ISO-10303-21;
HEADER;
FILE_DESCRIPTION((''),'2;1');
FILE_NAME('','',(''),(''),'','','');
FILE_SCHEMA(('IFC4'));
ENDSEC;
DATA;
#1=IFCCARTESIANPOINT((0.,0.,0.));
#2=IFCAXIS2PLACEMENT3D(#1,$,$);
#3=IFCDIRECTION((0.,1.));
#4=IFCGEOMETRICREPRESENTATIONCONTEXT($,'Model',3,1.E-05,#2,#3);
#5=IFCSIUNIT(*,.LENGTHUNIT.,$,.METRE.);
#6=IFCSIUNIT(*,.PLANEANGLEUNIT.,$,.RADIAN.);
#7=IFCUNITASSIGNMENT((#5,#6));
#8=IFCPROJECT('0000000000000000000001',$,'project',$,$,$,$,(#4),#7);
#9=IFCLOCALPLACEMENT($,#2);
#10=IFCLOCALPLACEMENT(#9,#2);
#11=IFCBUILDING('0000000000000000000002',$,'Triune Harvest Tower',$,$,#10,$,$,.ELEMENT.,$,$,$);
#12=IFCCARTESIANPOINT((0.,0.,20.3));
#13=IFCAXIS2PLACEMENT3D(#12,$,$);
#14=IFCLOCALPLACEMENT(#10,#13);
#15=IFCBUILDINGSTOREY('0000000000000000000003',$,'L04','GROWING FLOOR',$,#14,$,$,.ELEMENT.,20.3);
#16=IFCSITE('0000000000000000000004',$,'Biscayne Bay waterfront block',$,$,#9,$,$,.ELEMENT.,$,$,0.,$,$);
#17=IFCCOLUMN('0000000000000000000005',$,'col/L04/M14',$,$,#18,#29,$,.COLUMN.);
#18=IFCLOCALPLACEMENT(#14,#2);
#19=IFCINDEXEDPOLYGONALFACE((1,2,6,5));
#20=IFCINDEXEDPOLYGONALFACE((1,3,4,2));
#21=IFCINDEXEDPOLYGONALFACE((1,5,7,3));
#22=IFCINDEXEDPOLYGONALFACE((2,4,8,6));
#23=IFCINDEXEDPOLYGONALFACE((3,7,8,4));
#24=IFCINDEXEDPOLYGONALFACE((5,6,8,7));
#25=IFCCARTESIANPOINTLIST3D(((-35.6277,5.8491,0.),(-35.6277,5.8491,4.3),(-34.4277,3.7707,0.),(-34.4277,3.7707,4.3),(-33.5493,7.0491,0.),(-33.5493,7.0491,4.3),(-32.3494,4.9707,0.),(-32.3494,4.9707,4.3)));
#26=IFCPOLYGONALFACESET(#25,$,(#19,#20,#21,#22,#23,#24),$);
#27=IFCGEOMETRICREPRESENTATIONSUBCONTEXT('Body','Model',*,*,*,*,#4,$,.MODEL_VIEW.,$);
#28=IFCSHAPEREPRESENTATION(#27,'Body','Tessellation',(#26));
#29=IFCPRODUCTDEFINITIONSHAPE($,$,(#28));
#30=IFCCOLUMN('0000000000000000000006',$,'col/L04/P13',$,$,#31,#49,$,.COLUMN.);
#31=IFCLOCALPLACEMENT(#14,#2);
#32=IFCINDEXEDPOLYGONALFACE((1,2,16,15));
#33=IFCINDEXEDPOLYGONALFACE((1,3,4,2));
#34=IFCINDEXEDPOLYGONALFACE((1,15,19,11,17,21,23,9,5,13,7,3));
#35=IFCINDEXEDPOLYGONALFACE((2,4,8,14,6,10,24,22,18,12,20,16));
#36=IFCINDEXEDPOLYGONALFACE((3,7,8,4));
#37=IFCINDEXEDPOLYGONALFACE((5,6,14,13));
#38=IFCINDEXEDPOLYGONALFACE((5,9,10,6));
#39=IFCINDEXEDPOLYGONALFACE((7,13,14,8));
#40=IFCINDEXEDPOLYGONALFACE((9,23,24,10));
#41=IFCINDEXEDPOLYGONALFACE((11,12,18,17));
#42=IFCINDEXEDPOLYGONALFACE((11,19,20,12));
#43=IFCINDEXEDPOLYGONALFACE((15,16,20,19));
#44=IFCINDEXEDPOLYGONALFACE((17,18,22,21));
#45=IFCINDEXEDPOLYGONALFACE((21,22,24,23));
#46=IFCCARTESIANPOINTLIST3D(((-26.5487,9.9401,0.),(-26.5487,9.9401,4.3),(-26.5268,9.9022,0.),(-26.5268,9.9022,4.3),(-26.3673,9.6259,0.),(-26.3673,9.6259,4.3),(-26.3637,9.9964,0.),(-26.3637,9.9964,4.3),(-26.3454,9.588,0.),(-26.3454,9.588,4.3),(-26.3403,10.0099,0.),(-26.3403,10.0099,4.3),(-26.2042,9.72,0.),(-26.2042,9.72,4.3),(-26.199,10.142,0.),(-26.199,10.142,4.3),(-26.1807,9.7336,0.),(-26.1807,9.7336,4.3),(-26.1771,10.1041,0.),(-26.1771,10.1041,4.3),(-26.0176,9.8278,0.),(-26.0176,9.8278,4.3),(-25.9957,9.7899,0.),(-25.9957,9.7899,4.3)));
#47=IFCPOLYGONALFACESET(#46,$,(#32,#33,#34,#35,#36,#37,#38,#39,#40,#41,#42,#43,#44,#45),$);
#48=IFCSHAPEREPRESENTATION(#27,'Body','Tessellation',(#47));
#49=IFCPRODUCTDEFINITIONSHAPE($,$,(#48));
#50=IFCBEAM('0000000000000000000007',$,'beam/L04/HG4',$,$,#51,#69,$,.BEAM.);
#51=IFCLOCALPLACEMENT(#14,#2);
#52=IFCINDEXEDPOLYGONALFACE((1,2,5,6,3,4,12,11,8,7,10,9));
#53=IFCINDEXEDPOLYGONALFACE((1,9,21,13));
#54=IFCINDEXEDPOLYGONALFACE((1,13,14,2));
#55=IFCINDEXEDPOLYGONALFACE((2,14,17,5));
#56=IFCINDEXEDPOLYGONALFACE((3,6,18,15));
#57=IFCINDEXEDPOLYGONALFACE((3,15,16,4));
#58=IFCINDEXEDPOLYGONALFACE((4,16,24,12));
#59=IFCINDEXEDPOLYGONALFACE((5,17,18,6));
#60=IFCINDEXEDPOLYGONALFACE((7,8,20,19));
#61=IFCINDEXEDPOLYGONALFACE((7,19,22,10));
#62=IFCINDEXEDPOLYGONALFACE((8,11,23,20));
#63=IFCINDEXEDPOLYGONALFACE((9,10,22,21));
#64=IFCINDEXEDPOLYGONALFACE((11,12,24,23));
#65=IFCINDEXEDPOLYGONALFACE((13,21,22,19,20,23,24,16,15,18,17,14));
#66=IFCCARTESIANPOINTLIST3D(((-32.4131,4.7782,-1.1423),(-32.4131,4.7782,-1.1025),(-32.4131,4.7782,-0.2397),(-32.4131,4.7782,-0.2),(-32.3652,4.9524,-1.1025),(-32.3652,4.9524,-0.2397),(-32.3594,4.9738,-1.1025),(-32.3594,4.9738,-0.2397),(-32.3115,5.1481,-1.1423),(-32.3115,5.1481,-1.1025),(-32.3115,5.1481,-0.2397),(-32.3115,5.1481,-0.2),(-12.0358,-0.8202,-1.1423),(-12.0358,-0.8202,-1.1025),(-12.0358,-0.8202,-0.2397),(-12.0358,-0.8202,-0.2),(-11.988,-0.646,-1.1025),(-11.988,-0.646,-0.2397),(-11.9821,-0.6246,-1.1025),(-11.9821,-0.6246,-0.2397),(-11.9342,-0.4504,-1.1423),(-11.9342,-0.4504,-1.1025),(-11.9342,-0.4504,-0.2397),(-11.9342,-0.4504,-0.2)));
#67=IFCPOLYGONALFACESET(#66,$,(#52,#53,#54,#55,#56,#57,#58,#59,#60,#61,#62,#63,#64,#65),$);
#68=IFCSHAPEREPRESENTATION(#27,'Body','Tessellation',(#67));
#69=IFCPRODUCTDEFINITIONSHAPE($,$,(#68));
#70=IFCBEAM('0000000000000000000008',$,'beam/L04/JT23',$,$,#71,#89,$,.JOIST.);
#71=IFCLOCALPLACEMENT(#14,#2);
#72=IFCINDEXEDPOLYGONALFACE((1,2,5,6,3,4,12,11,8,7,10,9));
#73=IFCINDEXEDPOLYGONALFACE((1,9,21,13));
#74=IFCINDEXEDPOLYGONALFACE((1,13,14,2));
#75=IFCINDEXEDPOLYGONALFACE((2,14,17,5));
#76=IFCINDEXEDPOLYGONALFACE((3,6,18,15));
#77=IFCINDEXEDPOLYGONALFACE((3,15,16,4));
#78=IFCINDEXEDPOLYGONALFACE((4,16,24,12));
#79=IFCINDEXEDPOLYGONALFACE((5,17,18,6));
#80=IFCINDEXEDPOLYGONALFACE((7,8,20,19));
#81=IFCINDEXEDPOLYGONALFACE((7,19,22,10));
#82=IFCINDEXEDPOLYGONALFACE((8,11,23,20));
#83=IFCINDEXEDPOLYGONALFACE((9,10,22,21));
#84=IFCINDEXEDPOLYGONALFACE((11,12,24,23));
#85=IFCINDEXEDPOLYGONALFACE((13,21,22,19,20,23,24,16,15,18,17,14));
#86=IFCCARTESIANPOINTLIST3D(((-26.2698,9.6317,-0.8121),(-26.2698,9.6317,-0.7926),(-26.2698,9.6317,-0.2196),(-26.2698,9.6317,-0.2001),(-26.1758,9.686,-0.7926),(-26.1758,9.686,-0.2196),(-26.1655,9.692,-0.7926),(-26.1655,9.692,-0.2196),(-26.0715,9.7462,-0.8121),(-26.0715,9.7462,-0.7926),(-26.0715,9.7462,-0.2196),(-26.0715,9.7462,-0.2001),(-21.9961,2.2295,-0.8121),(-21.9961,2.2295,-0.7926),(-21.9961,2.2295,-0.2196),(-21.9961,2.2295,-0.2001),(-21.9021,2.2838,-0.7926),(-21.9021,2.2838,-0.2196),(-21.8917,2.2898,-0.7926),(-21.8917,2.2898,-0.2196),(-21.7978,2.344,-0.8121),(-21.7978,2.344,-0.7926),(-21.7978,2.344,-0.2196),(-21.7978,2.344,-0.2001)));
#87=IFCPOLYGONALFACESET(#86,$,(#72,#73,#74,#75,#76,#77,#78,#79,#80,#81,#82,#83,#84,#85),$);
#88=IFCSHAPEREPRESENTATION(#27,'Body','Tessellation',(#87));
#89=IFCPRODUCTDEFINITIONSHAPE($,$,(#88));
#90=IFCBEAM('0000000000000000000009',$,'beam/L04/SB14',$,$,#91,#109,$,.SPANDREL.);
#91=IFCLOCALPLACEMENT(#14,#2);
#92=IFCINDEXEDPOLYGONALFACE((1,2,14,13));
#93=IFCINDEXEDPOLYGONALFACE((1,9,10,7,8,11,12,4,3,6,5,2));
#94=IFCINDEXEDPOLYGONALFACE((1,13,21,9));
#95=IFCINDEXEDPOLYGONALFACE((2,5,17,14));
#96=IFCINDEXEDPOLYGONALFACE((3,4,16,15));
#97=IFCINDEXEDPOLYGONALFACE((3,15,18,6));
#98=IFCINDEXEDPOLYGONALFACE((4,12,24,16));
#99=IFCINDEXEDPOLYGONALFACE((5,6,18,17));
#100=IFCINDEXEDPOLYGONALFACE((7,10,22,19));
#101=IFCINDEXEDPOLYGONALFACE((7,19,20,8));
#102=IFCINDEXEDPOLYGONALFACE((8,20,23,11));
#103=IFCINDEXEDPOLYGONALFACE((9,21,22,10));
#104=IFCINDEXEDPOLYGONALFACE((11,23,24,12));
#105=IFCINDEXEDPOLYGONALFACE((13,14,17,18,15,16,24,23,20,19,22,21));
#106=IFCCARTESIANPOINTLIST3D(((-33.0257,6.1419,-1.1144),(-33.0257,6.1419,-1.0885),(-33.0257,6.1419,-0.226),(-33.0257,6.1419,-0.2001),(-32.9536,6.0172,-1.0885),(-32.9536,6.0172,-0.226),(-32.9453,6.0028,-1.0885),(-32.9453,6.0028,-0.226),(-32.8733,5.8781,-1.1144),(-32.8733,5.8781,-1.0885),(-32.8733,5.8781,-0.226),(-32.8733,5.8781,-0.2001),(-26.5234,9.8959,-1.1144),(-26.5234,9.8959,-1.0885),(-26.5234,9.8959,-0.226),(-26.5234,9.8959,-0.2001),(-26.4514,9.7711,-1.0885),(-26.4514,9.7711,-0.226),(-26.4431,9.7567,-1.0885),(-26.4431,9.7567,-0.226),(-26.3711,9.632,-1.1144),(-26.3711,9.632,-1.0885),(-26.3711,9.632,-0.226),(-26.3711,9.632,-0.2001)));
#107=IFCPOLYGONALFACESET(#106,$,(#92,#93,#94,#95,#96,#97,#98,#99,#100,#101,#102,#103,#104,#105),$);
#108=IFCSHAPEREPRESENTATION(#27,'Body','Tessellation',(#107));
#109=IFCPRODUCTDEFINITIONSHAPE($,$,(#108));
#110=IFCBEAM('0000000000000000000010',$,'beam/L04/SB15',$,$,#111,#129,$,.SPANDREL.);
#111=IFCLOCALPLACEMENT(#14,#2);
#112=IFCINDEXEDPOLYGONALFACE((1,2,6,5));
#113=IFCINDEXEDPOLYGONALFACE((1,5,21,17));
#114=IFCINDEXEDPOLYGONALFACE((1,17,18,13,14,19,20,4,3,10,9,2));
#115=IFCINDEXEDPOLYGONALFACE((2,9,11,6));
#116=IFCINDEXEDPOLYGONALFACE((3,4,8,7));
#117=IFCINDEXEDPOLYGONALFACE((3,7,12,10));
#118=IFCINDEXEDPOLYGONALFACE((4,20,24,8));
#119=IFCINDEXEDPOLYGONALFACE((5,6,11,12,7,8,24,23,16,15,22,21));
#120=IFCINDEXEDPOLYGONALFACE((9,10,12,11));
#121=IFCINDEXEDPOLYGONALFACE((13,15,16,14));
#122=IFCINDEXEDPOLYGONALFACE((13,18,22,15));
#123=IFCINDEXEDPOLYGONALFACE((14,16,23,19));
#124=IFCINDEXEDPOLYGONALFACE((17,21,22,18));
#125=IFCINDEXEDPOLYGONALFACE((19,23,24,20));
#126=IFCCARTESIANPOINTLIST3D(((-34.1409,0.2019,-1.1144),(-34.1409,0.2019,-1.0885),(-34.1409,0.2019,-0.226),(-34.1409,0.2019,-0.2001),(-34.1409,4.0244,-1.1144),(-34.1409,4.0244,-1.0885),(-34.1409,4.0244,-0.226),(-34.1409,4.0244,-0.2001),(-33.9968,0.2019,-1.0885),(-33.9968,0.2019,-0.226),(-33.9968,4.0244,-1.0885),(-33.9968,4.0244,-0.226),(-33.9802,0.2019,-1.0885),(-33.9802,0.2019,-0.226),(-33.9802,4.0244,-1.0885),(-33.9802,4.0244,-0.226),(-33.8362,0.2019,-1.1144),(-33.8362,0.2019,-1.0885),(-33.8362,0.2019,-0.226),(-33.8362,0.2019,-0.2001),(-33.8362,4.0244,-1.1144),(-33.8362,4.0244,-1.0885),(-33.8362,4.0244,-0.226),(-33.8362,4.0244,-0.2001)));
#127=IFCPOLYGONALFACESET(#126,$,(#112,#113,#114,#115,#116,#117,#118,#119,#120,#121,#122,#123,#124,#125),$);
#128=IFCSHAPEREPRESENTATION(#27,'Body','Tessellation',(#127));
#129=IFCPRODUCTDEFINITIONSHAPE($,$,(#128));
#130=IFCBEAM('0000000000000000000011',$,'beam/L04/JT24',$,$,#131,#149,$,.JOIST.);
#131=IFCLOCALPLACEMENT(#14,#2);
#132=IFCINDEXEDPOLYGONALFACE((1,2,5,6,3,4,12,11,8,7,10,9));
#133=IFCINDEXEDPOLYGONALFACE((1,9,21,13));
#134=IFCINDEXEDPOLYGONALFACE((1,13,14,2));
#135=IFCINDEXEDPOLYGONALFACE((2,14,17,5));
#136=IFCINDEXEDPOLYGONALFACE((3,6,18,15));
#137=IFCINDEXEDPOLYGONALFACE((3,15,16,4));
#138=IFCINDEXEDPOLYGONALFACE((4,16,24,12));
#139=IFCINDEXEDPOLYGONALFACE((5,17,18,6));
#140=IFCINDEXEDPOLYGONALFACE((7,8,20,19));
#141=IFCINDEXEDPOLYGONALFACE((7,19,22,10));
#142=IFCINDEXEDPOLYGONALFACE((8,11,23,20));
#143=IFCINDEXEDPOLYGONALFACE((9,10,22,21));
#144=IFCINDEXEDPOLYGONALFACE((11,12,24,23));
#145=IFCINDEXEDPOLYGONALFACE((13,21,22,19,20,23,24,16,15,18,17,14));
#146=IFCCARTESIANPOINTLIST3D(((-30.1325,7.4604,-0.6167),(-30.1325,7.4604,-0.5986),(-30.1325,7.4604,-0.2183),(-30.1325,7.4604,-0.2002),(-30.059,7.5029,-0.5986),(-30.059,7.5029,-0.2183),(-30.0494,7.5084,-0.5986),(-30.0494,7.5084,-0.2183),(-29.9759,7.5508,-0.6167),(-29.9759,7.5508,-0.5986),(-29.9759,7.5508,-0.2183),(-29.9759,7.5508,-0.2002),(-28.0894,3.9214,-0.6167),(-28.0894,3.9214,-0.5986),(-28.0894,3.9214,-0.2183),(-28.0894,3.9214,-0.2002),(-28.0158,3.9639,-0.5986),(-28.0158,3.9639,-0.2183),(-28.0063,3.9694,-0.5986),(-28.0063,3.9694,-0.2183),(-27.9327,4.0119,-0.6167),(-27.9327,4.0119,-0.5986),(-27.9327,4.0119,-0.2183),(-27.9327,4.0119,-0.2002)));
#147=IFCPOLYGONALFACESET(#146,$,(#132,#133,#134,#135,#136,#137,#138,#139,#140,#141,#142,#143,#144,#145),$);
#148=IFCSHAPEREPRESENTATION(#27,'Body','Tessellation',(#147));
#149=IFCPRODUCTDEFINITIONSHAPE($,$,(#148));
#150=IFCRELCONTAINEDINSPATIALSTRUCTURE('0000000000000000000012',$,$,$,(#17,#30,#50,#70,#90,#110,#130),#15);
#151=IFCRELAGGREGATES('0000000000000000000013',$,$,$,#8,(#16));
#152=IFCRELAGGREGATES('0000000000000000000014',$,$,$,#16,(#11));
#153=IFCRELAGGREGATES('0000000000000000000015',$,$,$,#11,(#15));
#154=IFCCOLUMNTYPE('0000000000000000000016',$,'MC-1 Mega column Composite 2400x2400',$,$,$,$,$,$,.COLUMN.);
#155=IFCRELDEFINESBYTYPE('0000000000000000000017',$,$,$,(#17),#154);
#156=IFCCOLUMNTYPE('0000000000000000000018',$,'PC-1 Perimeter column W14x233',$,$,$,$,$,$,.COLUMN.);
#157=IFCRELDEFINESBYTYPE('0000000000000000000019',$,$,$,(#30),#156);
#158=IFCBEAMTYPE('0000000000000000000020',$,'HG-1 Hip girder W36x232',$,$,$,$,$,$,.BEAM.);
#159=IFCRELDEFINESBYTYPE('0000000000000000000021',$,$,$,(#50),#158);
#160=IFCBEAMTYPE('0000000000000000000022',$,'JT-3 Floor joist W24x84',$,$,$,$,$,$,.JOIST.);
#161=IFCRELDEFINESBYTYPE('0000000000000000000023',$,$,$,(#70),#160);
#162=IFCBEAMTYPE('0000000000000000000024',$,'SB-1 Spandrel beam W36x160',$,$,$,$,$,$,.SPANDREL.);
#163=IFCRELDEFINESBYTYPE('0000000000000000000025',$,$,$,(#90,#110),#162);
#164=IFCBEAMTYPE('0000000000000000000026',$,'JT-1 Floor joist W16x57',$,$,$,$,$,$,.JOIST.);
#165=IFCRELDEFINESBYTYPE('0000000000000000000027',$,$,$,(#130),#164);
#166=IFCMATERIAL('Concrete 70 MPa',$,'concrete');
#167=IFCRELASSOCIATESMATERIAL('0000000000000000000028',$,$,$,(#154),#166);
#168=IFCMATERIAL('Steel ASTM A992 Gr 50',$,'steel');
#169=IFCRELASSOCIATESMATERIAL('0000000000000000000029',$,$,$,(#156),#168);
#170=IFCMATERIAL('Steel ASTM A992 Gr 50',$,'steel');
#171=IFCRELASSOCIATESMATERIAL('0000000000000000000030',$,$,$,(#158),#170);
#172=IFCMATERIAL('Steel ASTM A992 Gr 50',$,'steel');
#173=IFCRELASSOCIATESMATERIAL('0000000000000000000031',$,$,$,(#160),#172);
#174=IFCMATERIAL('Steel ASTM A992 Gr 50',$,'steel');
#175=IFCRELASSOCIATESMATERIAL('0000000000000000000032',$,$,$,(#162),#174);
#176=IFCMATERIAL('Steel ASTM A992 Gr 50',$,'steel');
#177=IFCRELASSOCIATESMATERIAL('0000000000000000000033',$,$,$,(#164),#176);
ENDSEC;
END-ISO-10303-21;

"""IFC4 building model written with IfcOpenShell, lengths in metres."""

from ifc_helpers import new_model, si_unit, direction, frame, origin, origin_2d, place, context, subcontext, project, spatial, rectangle, i_section, extrude, source, transform, mapped, material, material_profile, profile_set, type_object, element, save


model = new_model("IFC4")

# Units and contexts
model_context = context("Model", 3, precision=1e-05, world=origin(), true_north=direction((0.0, 1.0)))
body_context = subcontext(model_context, "Body", "Model", "MODEL_VIEW")
ifc_project = project(units=[si_unit("LENGTHUNIT", "METRE"), si_unit("PLANEANGLEUNIT", "RADIAN")], contexts=[model_context])

# Site, building, storey
site_placement = place(None, origin())
site = spatial("IfcSite", under=ifc_project, at=site_placement, Name="Biscayne Bay waterfront block", CompositionType="ELEMENT", RefElevation=0.0)
building_placement = place(site_placement, origin())
building = spatial("IfcBuilding", under=site, at=building_placement, Name="Triune Harvest Tower", CompositionType="ELEMENT")
storey_placement = place(building_placement, frame((0.0, 0.0, 20.3)))
storey = spatial("IfcBuildingStorey", under=building, at=storey_placement, Name="L04", Description="GROWING FLOOR", CompositionType="ELEMENT", Elevation=20.3)

# Columns
ifc_material_1 = material(Name="Concrete 70 MPa", Category="concrete")
ifc_material_profile_1 = material_profile(ifc_material_1, rectangle(XDim=2.3999, YDim=2.3999, at=origin_2d()), Name="Composite 2400x2400")
ifc_profile_set_1 = profile_set([ifc_material_profile_1], Name="Concrete 70 MPa")
column_type_1 = type_object("IfcColumnType", Name="MC-1 Mega column Composite 2400x2400", PredefinedType="COLUMN", material=ifc_profile_set_1)
shared_shape_1 = source(origin(), body_context, "Body", "SweptSolid", [
    extrude(rectangle(XDim=2.3999, YDim=2.3999, at=origin_2d()), origin(), (0.0, 0.0, 1.0), 4.3),
])
column_1_placement = place(storey_placement, frame((-33.9885, 5.4099, 0.0), z_axis=(0.0, 0.0, 1.0), x_axis=(-0.866025, -0.5, 0.0)))
element("IfcColumn", 1, at=column_1_placement, inside=storey, type_object=column_type_1, Name="col/L04/M14", PredefinedType="COLUMN", context=body_context, shape_type="MappedRepresentation", body=[
    mapped(shared_shape_1, transform((0.0, 0.0, 0.0), scale=1.0)),
])
ifc_material_2 = material(Name="Steel ASTM A992 Gr 50", Category="steel")
ifc_material_profile_2 = material_profile(ifc_material_2, i_section(OverallWidth=0.4038, OverallDepth=0.4065, WebThickness=0.0271, FlangeThickness=0.0437, at=origin_2d()), Name="W14x233")
ifc_profile_set_2 = profile_set([ifc_material_profile_2], Name="Steel ASTM A992 Gr 50")
column_type_2 = type_object("IfcColumnType", Name="PC-1 Perimeter column W14x233", PredefinedType="COLUMN", material=ifc_profile_set_2)
shared_shape_2 = source(origin(), body_context, "Body", "SweptSolid", [
    extrude(i_section(OverallWidth=0.4038, OverallDepth=0.4065, WebThickness=0.0271, FlangeThickness=0.0437, at=origin_2d()), origin(), (0.0, 0.0, 1.0), 4.3),
])
column_2_placement = place(storey_placement, frame((-26.2722, 9.865, 0.0), z_axis=(0.0, 0.0, 1.0), x_axis=(-0.866025, -0.5, 0.0)))
element("IfcColumn", 2, at=column_2_placement, inside=storey, type_object=column_type_2, Name="col/L04/P13", PredefinedType="COLUMN", context=body_context, shape_type="MappedRepresentation", body=[
    mapped(shared_shape_2, transform((0.0, 0.0, 0.0), scale=1.0)),
])

# Beams
ifc_material_3 = material(Name="Steel ASTM A992 Gr 50", Category="steel")
ifc_material_profile_3 = material_profile(ifc_material_3, i_section(OverallWidth=0.3835, OverallDepth=0.9424, WebThickness=0.0222, FlangeThickness=0.0398, at=origin_2d()), Name="W36x232")
ifc_profile_set_3 = profile_set([ifc_material_profile_3], Name="Steel ASTM A992 Gr 50")
beam_type_1 = type_object("IfcBeamType", Name="HG-1 Hip girder W36x232", PredefinedType="BEAM", material=ifc_profile_set_3)
shared_shape_3 = source(origin(), body_context, "Body", "SweptSolid", [
    extrude(i_section(OverallWidth=0.3835, OverallDepth=0.9424, WebThickness=0.0222, FlangeThickness=0.0398, at=origin_2d()), origin(), (0.0, 0.0, 1.0), 21.1323),
])
beam_1_placement = place(storey_placement, frame((-32.3623, 4.9631, -0.6711), z_axis=(0.96427, -0.264922, 0.0), x_axis=(0.264922, 0.96427, 0.0)))
element("IfcBeam", 3, at=beam_1_placement, inside=storey, type_object=beam_type_1, Name="beam/L04/HG4", PredefinedType="BEAM", context=body_context, shape_type="MappedRepresentation", body=[
    mapped(shared_shape_3, transform((0.0, 0.0, 0.0), scale=1.0)),
])
ifc_material_4 = material(Name="Steel ASTM A992 Gr 50", Category="steel")
ifc_material_profile_4 = material_profile(ifc_material_4, i_section(OverallWidth=0.229, OverallDepth=0.6121, WebThickness=0.012, FlangeThickness=0.0195, at=origin_2d()), Name="W24x84")
ifc_profile_set_4 = profile_set([ifc_material_profile_4], Name="Steel ASTM A992 Gr 50")
beam_type_2 = type_object("IfcBeamType", Name="JT-3 Floor joist W24x84", PredefinedType="JOIST", material=ifc_profile_set_4)
shared_shape_4 = source(origin(), body_context, "Body", "SweptSolid", [
    extrude(i_section(OverallWidth=0.229, OverallDepth=0.6121, WebThickness=0.012, FlangeThickness=0.0195, at=origin_2d()), origin(), (0.0, 0.0, 1.0), 8.5474),
])
beam_2_placement = place(storey_placement, frame((-26.1707, 9.689, -0.5061), z_axis=(0.500007, -0.866021, 0.0), x_axis=(0.866021, 0.500007, 0.0)))
element("IfcBeam", 4, at=beam_2_placement, inside=storey, type_object=beam_type_2, Name="beam/L04/JT23", PredefinedType="JOIST", context=body_context, shape_type="MappedRepresentation", body=[
    mapped(shared_shape_4, transform((0.0, 0.0, 0.0), scale=1.0)),
])
ifc_material_5 = material(Name="Steel ASTM A992 Gr 50", Category="steel")
ifc_material_profile_5 = material_profile(ifc_material_5, i_section(OverallWidth=0.3047, OverallDepth=0.9143, WebThickness=0.0166, FlangeThickness=0.0259, at=origin_2d()), Name="W36x160")
ifc_profile_set_5 = profile_set([ifc_material_profile_5], Name="Steel ASTM A992 Gr 50")
beam_type_3 = type_object("IfcBeamType", Name="SB-1 Spandrel beam W36x160", PredefinedType="SPANDREL", material=ifc_profile_set_5)
shared_shape_5 = source(origin(), body_context, "Body", "SweptSolid", [
    extrude(i_section(OverallWidth=0.3047, OverallDepth=0.9143, WebThickness=0.0166, FlangeThickness=0.0259, at=origin_2d()), origin(), (0.0, 0.0, 1.0), 7.5081),
])
beam_3_placement = place(storey_placement, frame((-26.4473, 9.7639, -0.6572), z_axis=(-0.866033, -0.499986, 0.0), x_axis=(0.499986, -0.866033, 0.0)))
element("IfcBeam", 5, at=beam_3_placement, inside=storey, type_object=beam_type_3, Name="beam/L04/SB14", PredefinedType="SPANDREL", context=body_context, shape_type="MappedRepresentation", body=[
    mapped(shared_shape_5, transform((0.0, 0.0, 0.0), scale=1.0)),
])
shared_shape_6 = source(origin(), body_context, "Body", "SweptSolid", [
    extrude(i_section(OverallWidth=0.3047, OverallDepth=0.9143, WebThickness=0.0166, FlangeThickness=0.0259, at=origin_2d()), origin(), (0.0, 0.0, 1.0), 3.8225),
])
beam_4_placement = place(storey_placement, frame((-33.9885, 4.0244, -0.6572), z_axis=(0.0, -1.0, 0.0), x_axis=(1.0, 0.0, 0.0)))
element("IfcBeam", 6, at=beam_4_placement, inside=storey, type_object=beam_type_3, Name="beam/L04/SB15", PredefinedType="SPANDREL", context=body_context, shape_type="MappedRepresentation", body=[
    mapped(shared_shape_6, transform((0.0, 0.0, 0.0), scale=1.0)),
])
ifc_material_6 = material(Name="Steel ASTM A992 Gr 50", Category="steel")
ifc_material_profile_6 = material_profile(ifc_material_6, i_section(OverallWidth=0.1809, OverallDepth=0.4165, WebThickness=0.011, FlangeThickness=0.0181, at=origin_2d()), Name="W16x57")
ifc_profile_set_6 = profile_set([ifc_material_profile_6], Name="Steel ASTM A992 Gr 50")
beam_type_4 = type_object("IfcBeamType", Name="JT-1 Floor joist W16x57", PredefinedType="JOIST", material=ifc_profile_set_6)
shared_shape_7 = source(origin(), body_context, "Body", "SweptSolid", [
    extrude(i_section(OverallWidth=0.1809, OverallDepth=0.4165, WebThickness=0.011, FlangeThickness=0.0181, at=origin_2d()), origin(), (0.0, 0.0, 1.0), 4.0864),
])
beam_5_placement = place(storey_placement, frame((-30.0542, 7.5056, -0.4084), z_axis=(0.499988, -0.866032, 0.0), x_axis=(0.866032, 0.499988, 0.0)))
element("IfcBeam", 7, at=beam_5_placement, inside=storey, type_object=beam_type_4, Name="beam/L04/JT24", PredefinedType="JOIST", context=body_context, shape_type="MappedRepresentation", body=[
    mapped(shared_shape_7, transform((0.0, 0.0, 0.0), scale=1.0)),
])

save(model, "model.ifc")
